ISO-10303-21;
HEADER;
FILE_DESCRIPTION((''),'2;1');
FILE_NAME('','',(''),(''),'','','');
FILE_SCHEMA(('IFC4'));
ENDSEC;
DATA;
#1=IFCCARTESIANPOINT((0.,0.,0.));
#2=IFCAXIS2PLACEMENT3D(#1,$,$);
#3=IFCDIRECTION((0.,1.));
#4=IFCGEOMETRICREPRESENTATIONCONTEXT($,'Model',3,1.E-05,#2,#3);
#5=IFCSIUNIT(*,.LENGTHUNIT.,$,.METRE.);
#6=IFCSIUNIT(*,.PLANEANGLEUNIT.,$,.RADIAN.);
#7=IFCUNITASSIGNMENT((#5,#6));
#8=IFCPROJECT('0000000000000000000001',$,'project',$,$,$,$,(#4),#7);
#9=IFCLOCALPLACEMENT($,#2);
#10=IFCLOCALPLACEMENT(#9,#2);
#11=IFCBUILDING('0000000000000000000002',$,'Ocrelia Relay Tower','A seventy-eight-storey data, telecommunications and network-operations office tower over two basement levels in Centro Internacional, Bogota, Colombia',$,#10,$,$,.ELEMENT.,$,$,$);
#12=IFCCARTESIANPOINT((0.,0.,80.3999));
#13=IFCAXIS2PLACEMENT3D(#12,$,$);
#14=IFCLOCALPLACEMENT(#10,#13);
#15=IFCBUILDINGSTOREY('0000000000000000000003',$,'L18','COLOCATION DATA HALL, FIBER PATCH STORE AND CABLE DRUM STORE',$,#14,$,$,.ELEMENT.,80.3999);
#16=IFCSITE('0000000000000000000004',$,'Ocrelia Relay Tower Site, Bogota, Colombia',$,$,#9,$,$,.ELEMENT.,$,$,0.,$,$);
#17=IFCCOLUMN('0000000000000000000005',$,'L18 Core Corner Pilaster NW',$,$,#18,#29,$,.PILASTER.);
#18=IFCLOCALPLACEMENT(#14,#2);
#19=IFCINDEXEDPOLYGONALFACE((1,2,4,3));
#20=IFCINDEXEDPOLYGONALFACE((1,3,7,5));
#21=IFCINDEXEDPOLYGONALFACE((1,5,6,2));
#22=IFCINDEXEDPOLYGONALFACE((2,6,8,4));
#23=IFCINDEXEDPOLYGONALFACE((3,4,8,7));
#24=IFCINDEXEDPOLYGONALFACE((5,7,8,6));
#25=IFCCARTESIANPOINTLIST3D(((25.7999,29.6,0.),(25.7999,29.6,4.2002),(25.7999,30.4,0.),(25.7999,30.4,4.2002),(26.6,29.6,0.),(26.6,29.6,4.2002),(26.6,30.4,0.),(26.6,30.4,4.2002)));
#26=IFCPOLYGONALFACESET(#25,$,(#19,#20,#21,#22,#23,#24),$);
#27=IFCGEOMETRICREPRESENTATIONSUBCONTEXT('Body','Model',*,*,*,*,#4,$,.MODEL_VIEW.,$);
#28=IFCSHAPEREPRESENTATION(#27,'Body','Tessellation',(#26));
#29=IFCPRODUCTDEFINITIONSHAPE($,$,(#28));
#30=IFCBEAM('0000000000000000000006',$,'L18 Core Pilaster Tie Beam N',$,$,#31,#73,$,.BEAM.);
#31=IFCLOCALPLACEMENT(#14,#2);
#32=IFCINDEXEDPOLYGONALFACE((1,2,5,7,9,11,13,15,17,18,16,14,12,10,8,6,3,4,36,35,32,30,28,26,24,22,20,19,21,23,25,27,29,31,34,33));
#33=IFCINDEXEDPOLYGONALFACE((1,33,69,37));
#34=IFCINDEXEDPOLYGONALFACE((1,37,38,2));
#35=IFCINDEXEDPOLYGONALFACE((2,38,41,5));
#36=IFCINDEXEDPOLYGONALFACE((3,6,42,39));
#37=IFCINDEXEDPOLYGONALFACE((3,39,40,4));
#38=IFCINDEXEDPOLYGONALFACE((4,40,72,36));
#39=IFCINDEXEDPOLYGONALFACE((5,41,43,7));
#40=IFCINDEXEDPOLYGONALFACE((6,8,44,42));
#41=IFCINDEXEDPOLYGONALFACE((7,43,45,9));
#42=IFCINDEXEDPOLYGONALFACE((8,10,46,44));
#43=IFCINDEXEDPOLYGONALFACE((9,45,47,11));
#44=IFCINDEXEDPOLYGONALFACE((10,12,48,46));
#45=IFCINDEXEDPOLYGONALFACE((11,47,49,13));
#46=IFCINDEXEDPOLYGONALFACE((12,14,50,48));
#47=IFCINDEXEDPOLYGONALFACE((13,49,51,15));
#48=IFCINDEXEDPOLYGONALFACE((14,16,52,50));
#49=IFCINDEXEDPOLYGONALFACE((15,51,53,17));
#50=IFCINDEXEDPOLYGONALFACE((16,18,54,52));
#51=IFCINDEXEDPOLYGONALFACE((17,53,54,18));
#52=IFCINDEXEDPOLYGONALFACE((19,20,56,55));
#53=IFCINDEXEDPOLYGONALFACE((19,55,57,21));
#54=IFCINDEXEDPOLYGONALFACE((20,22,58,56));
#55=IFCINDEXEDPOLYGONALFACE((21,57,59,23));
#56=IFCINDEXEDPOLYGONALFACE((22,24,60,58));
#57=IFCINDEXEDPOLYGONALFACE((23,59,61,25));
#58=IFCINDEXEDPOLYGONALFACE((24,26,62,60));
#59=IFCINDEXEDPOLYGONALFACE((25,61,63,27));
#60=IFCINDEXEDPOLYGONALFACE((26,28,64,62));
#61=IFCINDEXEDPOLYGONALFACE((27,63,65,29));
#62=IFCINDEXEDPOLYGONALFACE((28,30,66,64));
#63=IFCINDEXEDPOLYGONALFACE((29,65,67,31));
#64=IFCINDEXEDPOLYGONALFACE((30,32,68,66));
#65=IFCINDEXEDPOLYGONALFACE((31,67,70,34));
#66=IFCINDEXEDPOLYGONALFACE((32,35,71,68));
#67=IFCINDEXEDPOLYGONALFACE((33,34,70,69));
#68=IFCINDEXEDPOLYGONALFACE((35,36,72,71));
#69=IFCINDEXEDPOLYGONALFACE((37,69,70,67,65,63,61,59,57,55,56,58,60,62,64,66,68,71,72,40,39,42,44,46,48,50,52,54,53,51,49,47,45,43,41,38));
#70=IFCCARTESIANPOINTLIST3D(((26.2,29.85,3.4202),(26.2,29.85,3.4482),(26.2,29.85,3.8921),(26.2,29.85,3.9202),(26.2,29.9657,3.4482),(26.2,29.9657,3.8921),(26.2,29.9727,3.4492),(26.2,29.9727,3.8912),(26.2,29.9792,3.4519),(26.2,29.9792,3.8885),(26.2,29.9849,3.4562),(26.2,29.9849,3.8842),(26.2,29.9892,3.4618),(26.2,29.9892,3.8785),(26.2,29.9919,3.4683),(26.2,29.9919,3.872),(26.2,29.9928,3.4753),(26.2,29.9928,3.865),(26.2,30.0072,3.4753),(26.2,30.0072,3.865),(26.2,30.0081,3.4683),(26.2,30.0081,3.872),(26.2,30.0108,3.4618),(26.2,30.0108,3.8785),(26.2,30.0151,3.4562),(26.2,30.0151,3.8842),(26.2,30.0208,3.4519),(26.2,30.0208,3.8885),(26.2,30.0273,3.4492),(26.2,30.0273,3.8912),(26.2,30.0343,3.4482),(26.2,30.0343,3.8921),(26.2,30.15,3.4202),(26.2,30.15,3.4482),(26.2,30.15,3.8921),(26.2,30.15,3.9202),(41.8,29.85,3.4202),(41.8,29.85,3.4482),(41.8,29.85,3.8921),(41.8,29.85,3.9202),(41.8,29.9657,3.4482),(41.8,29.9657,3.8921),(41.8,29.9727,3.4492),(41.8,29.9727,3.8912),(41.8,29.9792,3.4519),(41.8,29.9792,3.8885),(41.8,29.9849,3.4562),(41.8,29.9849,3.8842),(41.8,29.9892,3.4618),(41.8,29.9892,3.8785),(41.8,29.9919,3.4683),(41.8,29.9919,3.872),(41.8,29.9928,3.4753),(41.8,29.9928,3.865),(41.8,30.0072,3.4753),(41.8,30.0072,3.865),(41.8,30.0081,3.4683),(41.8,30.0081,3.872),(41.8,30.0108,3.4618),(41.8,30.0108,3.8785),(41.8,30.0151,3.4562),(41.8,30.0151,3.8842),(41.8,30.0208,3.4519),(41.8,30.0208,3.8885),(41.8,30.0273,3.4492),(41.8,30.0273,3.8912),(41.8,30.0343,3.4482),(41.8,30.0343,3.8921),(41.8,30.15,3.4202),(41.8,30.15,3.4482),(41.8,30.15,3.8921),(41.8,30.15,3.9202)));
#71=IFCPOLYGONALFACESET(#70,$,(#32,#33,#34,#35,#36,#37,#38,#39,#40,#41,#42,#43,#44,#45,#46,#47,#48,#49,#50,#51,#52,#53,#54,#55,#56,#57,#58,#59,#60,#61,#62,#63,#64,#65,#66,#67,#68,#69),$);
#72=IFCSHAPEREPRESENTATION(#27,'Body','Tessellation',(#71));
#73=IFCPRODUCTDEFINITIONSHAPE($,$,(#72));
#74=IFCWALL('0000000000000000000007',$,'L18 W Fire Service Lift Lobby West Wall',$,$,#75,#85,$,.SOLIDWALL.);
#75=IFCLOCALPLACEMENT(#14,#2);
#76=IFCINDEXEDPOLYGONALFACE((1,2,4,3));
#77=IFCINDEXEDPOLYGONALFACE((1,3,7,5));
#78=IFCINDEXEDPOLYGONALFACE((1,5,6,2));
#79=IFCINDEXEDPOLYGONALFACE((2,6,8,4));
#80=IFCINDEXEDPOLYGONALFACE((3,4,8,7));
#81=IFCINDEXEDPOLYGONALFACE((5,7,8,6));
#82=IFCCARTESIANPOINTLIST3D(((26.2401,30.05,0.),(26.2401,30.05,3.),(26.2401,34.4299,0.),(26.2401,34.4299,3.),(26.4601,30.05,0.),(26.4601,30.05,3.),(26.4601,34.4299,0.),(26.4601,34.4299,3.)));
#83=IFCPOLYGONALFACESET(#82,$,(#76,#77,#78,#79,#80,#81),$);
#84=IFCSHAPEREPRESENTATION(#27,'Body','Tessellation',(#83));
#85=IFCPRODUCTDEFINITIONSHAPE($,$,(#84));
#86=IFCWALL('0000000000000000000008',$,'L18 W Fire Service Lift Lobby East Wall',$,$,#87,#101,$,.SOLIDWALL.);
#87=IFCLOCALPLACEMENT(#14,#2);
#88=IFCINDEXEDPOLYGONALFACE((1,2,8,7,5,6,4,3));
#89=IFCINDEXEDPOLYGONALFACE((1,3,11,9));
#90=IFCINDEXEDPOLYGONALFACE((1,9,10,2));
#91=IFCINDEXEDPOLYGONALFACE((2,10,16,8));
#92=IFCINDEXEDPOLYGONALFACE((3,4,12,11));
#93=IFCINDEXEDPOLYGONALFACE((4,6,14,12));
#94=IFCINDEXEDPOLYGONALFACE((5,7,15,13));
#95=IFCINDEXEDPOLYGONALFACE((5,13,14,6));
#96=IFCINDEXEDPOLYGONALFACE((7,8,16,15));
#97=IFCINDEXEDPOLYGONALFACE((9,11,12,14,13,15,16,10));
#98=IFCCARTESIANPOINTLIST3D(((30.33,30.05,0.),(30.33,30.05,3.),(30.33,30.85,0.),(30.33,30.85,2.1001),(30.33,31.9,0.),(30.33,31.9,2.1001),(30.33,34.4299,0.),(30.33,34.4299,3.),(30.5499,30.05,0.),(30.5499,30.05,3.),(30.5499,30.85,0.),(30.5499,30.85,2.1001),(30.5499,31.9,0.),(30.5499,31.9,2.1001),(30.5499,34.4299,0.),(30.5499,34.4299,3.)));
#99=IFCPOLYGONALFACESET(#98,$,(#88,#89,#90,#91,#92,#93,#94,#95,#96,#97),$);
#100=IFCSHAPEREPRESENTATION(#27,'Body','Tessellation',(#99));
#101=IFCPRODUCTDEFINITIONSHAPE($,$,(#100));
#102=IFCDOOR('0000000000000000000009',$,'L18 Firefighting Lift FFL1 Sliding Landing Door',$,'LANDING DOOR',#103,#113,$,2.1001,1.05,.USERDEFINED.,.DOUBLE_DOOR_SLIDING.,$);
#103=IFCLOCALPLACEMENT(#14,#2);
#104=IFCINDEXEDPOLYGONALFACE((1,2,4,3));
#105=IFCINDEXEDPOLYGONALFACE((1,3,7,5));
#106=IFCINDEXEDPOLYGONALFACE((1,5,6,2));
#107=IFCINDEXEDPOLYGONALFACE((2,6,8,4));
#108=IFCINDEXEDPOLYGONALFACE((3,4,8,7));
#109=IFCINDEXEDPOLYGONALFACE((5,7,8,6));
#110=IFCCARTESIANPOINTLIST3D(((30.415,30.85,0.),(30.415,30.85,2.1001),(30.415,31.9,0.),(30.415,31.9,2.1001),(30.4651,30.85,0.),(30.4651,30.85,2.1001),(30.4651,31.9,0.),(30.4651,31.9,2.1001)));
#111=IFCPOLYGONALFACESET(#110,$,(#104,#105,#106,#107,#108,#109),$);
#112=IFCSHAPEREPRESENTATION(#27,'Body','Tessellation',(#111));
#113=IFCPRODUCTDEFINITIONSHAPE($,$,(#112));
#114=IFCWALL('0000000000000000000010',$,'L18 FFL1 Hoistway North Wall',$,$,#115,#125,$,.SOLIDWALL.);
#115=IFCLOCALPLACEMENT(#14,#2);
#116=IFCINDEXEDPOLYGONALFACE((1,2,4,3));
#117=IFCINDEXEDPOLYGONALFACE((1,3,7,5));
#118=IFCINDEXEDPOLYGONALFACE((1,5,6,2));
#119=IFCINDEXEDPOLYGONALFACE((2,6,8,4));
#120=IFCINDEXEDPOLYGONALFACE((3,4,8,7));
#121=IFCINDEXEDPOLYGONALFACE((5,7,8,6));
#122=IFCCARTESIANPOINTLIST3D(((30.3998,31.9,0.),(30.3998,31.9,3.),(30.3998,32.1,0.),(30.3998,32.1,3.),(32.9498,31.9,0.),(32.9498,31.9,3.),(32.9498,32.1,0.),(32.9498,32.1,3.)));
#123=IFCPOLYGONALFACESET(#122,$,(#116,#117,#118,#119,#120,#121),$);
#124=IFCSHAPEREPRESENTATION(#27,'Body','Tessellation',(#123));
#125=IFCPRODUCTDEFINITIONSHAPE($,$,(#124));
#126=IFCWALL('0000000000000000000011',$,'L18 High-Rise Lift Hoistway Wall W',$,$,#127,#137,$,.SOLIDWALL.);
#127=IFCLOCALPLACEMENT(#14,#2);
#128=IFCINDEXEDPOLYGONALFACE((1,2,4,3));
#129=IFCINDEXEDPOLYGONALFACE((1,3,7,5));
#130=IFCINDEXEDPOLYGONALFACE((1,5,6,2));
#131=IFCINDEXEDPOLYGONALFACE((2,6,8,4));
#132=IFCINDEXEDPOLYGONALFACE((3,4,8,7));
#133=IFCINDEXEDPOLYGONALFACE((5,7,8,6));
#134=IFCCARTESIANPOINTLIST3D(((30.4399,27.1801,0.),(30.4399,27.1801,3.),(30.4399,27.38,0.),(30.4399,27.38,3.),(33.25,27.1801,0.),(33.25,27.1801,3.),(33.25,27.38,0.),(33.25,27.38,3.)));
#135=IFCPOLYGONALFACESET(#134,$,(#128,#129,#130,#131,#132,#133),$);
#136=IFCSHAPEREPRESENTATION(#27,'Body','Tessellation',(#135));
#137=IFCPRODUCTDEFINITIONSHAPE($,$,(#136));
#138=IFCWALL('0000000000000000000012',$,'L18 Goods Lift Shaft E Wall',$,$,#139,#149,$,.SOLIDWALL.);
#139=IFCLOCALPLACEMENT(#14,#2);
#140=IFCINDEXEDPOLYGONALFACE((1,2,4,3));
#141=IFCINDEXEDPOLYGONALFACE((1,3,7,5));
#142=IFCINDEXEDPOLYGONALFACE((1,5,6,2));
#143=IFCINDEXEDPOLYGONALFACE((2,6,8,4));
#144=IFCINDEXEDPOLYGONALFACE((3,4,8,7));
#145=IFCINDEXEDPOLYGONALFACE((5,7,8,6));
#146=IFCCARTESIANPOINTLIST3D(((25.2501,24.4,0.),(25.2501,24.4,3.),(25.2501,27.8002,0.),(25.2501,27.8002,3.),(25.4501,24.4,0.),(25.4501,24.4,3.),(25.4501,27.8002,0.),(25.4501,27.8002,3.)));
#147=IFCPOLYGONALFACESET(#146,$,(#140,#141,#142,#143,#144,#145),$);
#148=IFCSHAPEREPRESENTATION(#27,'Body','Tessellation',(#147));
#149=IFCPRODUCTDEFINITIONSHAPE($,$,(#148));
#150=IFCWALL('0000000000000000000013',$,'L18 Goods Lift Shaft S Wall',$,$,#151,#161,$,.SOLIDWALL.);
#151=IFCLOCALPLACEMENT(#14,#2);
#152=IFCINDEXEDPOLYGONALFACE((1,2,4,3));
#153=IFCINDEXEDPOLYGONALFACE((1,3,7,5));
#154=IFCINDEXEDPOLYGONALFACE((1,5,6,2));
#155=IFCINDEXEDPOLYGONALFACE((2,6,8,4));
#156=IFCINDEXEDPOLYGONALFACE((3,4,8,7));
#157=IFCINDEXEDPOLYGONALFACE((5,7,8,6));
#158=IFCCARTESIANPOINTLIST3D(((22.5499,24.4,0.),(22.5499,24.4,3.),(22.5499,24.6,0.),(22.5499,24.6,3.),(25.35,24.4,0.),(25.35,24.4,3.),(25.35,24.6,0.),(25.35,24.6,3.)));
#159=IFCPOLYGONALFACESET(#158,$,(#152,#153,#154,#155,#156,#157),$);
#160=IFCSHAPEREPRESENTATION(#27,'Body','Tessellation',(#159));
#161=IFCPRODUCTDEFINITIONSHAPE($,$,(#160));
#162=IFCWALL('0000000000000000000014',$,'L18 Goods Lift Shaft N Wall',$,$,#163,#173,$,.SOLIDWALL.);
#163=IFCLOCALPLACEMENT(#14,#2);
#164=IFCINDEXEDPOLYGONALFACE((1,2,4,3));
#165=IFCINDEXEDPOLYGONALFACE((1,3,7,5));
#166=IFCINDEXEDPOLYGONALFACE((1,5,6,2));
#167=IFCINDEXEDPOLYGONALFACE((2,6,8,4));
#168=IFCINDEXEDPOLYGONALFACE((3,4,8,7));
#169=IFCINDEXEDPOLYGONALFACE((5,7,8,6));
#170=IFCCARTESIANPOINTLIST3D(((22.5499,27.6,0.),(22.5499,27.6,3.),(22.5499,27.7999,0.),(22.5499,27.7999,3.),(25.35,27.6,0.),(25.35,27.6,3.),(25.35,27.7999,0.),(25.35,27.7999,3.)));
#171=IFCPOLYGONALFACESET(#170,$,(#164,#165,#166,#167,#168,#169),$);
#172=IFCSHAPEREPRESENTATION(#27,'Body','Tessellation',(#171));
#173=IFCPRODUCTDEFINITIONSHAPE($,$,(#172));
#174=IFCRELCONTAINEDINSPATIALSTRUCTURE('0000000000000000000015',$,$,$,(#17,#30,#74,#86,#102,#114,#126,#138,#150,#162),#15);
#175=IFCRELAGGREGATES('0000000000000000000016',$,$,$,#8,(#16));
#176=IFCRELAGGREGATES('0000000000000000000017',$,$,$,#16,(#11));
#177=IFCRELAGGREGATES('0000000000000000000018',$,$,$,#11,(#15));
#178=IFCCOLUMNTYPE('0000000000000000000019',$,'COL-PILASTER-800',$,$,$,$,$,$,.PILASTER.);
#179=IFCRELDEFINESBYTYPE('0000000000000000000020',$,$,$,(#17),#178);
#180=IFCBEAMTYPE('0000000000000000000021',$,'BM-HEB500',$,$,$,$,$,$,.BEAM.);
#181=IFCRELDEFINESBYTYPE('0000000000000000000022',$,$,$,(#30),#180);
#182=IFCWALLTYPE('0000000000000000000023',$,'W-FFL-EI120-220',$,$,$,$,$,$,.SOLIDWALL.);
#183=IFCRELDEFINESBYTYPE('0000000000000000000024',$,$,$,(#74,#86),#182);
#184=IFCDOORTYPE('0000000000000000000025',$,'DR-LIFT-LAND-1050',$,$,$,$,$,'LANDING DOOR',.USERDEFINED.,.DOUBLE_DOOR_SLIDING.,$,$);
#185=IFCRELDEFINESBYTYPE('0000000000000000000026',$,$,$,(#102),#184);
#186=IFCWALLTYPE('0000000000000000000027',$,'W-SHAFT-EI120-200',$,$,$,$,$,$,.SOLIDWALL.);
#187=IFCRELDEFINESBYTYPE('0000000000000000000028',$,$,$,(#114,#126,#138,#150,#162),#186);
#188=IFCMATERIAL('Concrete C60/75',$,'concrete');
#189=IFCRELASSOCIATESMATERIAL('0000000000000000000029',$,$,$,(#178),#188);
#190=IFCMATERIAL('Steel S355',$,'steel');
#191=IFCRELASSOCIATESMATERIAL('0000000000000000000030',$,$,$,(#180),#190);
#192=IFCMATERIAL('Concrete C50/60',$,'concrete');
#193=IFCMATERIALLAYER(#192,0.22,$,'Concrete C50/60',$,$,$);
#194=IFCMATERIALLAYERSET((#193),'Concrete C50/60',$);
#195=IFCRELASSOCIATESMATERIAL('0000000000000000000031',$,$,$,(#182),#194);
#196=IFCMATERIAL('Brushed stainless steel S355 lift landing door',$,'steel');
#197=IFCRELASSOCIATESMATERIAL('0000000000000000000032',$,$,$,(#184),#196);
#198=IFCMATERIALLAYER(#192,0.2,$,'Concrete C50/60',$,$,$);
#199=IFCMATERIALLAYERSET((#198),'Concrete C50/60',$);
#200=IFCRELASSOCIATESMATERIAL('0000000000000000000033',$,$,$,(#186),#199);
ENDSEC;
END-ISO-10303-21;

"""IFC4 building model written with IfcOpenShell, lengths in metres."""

from ifc_helpers import new_model, si_unit, direction, frame, frame_2d, origin, origin_2d, place, context, subcontext, project, spatial, rectangle, i_section, extrude, material, layer, layer_set, material_profile, profile_set, type_object, element, fill, save


model = new_model("IFC4")

# Units and contexts
model_context = context("Model", 3, precision=1e-05, world=origin(), true_north=direction((0.0, 1.0)))
body_context = subcontext(model_context, "Body", "Model", "MODEL_VIEW")
ifc_project = project(units=[si_unit("LENGTHUNIT", "METRE"), si_unit("PLANEANGLEUNIT", "RADIAN")], contexts=[model_context])

# Site, building, storey
site_placement = place(None, origin())
site = spatial("IfcSite", under=ifc_project, at=site_placement, Name="Ocrelia Relay Tower Site, Bogota, Colombia", CompositionType="ELEMENT", RefElevation=0.0)
building_placement = place(site_placement, origin())
building = spatial("IfcBuilding", under=site, at=building_placement, Name="Ocrelia Relay Tower", Description="A seventy-eight-storey data, telecommunications and network-operations office tower over two basement levels in Centro Internacional, Bogota, Colombia", CompositionType="ELEMENT")
storey_placement = place(building_placement, frame((0.0, 0.0, 80.3999)))
storey = spatial("IfcBuildingStorey", under=building, at=storey_placement, Name="L18", Description="COLOCATION DATA HALL, FIBER PATCH STORE AND CABLE DRUM STORE", CompositionType="ELEMENT", Elevation=80.3999)

# Column
ifc_material_1 = material(Name="Concrete C60/75", Category="concrete")
ifc_material_profile_1 = material_profile(ifc_material_1, rectangle(XDim=0.8, YDim=0.8, at=origin_2d()), Name="RC-COL-800x800")
ifc_profile_set_1 = profile_set([ifc_material_profile_1], Name="Concrete C60/75")
column_type = type_object("IfcColumnType", Name="COL-PILASTER-800", PredefinedType="PILASTER", material=ifc_profile_set_1)
column_placement = place(storey_placement, frame((26.2, 30.0, 0.0), z_axis=(0.0, 0.0, 1.0), x_axis=(1.0, 0.0, 0.0)))
element("IfcColumn", 1, at=column_placement, inside=storey, type_object=column_type, Name="L18 Core Corner Pilaster NW", PredefinedType="PILASTER", context=body_context, shape_type="SweptSolid", body=[
    extrude(rectangle(XDim=0.8, YDim=0.8, at=origin_2d()), origin(), (0.0, 0.0, 1.0), 4.2002),
])

# Beam
ifc_material_2 = material(Name="Steel S355", Category="steel")
ifc_material_profile_2 = material_profile(ifc_material_2, i_section(OverallWidth=0.3, OverallDepth=0.5, WebThickness=0.0144, FlangeThickness=0.0281, FilletRadius=0.0271, at=origin_2d()), Name="HEB 500")
ifc_profile_set_2 = profile_set([ifc_material_profile_2], Name="Steel S355")
beam_type = type_object("IfcBeamType", Name="BM-HEB500", PredefinedType="BEAM", material=ifc_profile_set_2)
beam_placement = place(storey_placement, frame((26.2, 30.0, 3.6702), z_axis=(1.0, 0.0, 0.0), x_axis=(0.0, 1.0, 0.0)))
element("IfcBeam", 2, at=beam_placement, inside=storey, type_object=beam_type, Name="L18 Core Pilaster Tie Beam N", PredefinedType="BEAM", context=body_context, shape_type="SweptSolid", body=[
    extrude(i_section(OverallWidth=0.3, OverallDepth=0.5, WebThickness=0.0144, FlangeThickness=0.0281, FilletRadius=0.0271, at=origin_2d()), origin(), (0.0, 0.0, 1.0), 15.6001),
])

# Wall
ifc_material_3 = material(Name="Concrete C50/60", Category="concrete")
ifc_layer_1 = layer(ifc_material_3, 0.22, Name="Concrete C50/60")
ifc_layer_set_1 = layer_set([ifc_layer_1], Name="Concrete C50/60")
wall_type_1 = type_object("IfcWallType", Name="W-FFL-EI120-220", PredefinedType="SOLIDWALL", material=ifc_layer_set_1)
wall_1_placement = place(storey_placement, frame((26.3501, 30.05, 0.0), z_axis=(0.0, 0.0, 1.0), x_axis=(0.0, 1.0, 0.0)))
element("IfcWall", 3, at=wall_1_placement, inside=storey, type_object=wall_type_1, Name="L18 W Fire Service Lift Lobby West Wall", PredefinedType="SOLIDWALL", context=body_context, shape_type="SweptSolid", body=[
    extrude(rectangle(XDim=4.3799, YDim=0.22, at=frame_2d((2.1899, 0.0))), origin(), (0.0, 0.0, 1.0), 3.0),
])

# Wall, opening, door
wall_2_placement = place(storey_placement, frame((30.4399, 30.05, 0.0), z_axis=(0.0, 0.0, 1.0), x_axis=(0.0, 1.0, 0.0)))
wall_2 = element("IfcWall", 4, at=wall_2_placement, inside=storey, type_object=wall_type_1, Name="L18 W Fire Service Lift Lobby East Wall", PredefinedType="SOLIDWALL", context=body_context, shape_type="SweptSolid", body=[
    extrude(rectangle(XDim=4.3799, YDim=0.22, at=frame_2d((2.1899, 0.0))), origin(), (0.0, 0.0, 1.0), 3.0),
])
opening_1_placement = place(wall_2_placement, frame((0.8, 0.0, 0.0)))
opening_1 = element("IfcOpeningElement", 5, at=opening_1_placement, cuts=wall_2, PredefinedType="OPENING", context=body_context, shape_type="SweptSolid", body=[
    extrude(rectangle(XDim=1.05, YDim=2.1001, at=frame_2d((0.5249, 1.05))), frame((0.0, 0.1201, 0.0), z_axis=(0.0, -1.0, 0.0), x_axis=(1.0, 0.0, 0.0)), (0.0, 0.0, 1.0), 0.24),
])
ifc_material_4 = material(Name="Brushed stainless steel S355 lift landing door", Category="steel")
door_type_1 = type_object("IfcDoorType", Name="DR-LIFT-LAND-1050", ElementType="LANDING DOOR", OperationType="DOUBLE_DOOR_SLIDING", PredefinedType="USERDEFINED", material=ifc_material_4)
door_1_placement = place(opening_1_placement, origin())
door_1 = element("IfcDoor", 6, at=door_1_placement, inside=storey, type_object=door_type_1, Name="L18 Firefighting Lift FFL1 Sliding Landing Door", ObjectType="LANDING DOOR", OperationType="DOUBLE_DOOR_SLIDING", OverallHeight=2.1001, OverallWidth=1.05, PredefinedType="USERDEFINED", context=body_context, shape_type="SweptSolid", body=[
    extrude(rectangle(XDim=1.05, YDim=2.1001, at=frame_2d((0.5249, 1.05))), frame((0.0, 0.0249, 0.0), z_axis=(0.0, -1.0, 0.0), x_axis=(1.0, 0.0, 0.0)), (0.0, 0.0, 1.0), 0.05),
])
fill(opening_1, door_1)

# Walls
ifc_layer_2 = layer(ifc_material_3, 0.2, Name="Concrete C50/60")
ifc_layer_set_2 = layer_set([ifc_layer_2], Name="Concrete C50/60")
wall_type_2 = type_object("IfcWallType", Name="W-SHAFT-EI120-200", PredefinedType="SOLIDWALL", material=ifc_layer_set_2)
wall_3_placement = place(storey_placement, frame((30.3999, 32.0, 0.0), z_axis=(0.0, 0.0, 1.0), x_axis=(1.0, 0.0, 0.0)))
element("IfcWall", 7, at=wall_3_placement, inside=storey, type_object=wall_type_2, Name="L18 FFL1 Hoistway North Wall", PredefinedType="SOLIDWALL", context=body_context, shape_type="SweptSolid", body=[
    extrude(rectangle(XDim=2.55, YDim=0.2, at=frame_2d((1.2749, 0.0))), origin(), (0.0, 0.0, 1.0), 3.0),
])
wall_4_placement = place(storey_placement, frame((30.4399, 27.28, 0.0), z_axis=(0.0, 0.0, 1.0), x_axis=(1.0, 0.0, 0.0)))
element("IfcWall", 8, at=wall_4_placement, inside=storey, type_object=wall_type_2, Name="L18 High-Rise Lift Hoistway Wall W", PredefinedType="SOLIDWALL", context=body_context, shape_type="SweptSolid", body=[
    extrude(rectangle(XDim=2.8101, YDim=0.2, at=frame_2d((1.405, 0.0))), origin(), (0.0, 0.0, 1.0), 3.0),
])

# Walls
wall_5_placement = place(storey_placement, frame((25.3501, 24.3999, 0.0), z_axis=(0.0, 0.0, 1.0), x_axis=(0.0, 1.0, 0.0)))
element("IfcWall", 9, at=wall_5_placement, inside=storey, type_object=wall_type_2, Name="L18 Goods Lift Shaft E Wall", PredefinedType="SOLIDWALL", context=body_context, shape_type="SweptSolid", body=[
    extrude(rectangle(XDim=3.4001, YDim=0.2, at=frame_2d((1.7002, 0.0))), origin(), (0.0, 0.0, 1.0), 3.0),
])
for number, where, z_axis, x_axis, name in (
    (10, (22.55, 24.5, 0.0), (0.0, 0.0, 1.0), (1.0, 0.0, 0.0), "L18 Goods Lift Shaft S Wall"),
    (11, (22.55, 27.7, 0.0), (0.0, 0.0, 1.0), (1.0, 0.0, 0.0), "L18 Goods Lift Shaft N Wall"),
):
    element("IfcWall", number, at=place(storey_placement, frame(where, z_axis=z_axis, x_axis=x_axis)), inside=storey, type_object=wall_type_2, Name=name, PredefinedType="SOLIDWALL", context=body_context, shape_type="SweptSolid", body=[
        extrude(rectangle(XDim=2.8, YDim=0.2, at=frame_2d((1.3999, 0.0))), origin(), (0.0, 0.0, 1.0), 3.0),
    ])

save(model, "model.ifc")
